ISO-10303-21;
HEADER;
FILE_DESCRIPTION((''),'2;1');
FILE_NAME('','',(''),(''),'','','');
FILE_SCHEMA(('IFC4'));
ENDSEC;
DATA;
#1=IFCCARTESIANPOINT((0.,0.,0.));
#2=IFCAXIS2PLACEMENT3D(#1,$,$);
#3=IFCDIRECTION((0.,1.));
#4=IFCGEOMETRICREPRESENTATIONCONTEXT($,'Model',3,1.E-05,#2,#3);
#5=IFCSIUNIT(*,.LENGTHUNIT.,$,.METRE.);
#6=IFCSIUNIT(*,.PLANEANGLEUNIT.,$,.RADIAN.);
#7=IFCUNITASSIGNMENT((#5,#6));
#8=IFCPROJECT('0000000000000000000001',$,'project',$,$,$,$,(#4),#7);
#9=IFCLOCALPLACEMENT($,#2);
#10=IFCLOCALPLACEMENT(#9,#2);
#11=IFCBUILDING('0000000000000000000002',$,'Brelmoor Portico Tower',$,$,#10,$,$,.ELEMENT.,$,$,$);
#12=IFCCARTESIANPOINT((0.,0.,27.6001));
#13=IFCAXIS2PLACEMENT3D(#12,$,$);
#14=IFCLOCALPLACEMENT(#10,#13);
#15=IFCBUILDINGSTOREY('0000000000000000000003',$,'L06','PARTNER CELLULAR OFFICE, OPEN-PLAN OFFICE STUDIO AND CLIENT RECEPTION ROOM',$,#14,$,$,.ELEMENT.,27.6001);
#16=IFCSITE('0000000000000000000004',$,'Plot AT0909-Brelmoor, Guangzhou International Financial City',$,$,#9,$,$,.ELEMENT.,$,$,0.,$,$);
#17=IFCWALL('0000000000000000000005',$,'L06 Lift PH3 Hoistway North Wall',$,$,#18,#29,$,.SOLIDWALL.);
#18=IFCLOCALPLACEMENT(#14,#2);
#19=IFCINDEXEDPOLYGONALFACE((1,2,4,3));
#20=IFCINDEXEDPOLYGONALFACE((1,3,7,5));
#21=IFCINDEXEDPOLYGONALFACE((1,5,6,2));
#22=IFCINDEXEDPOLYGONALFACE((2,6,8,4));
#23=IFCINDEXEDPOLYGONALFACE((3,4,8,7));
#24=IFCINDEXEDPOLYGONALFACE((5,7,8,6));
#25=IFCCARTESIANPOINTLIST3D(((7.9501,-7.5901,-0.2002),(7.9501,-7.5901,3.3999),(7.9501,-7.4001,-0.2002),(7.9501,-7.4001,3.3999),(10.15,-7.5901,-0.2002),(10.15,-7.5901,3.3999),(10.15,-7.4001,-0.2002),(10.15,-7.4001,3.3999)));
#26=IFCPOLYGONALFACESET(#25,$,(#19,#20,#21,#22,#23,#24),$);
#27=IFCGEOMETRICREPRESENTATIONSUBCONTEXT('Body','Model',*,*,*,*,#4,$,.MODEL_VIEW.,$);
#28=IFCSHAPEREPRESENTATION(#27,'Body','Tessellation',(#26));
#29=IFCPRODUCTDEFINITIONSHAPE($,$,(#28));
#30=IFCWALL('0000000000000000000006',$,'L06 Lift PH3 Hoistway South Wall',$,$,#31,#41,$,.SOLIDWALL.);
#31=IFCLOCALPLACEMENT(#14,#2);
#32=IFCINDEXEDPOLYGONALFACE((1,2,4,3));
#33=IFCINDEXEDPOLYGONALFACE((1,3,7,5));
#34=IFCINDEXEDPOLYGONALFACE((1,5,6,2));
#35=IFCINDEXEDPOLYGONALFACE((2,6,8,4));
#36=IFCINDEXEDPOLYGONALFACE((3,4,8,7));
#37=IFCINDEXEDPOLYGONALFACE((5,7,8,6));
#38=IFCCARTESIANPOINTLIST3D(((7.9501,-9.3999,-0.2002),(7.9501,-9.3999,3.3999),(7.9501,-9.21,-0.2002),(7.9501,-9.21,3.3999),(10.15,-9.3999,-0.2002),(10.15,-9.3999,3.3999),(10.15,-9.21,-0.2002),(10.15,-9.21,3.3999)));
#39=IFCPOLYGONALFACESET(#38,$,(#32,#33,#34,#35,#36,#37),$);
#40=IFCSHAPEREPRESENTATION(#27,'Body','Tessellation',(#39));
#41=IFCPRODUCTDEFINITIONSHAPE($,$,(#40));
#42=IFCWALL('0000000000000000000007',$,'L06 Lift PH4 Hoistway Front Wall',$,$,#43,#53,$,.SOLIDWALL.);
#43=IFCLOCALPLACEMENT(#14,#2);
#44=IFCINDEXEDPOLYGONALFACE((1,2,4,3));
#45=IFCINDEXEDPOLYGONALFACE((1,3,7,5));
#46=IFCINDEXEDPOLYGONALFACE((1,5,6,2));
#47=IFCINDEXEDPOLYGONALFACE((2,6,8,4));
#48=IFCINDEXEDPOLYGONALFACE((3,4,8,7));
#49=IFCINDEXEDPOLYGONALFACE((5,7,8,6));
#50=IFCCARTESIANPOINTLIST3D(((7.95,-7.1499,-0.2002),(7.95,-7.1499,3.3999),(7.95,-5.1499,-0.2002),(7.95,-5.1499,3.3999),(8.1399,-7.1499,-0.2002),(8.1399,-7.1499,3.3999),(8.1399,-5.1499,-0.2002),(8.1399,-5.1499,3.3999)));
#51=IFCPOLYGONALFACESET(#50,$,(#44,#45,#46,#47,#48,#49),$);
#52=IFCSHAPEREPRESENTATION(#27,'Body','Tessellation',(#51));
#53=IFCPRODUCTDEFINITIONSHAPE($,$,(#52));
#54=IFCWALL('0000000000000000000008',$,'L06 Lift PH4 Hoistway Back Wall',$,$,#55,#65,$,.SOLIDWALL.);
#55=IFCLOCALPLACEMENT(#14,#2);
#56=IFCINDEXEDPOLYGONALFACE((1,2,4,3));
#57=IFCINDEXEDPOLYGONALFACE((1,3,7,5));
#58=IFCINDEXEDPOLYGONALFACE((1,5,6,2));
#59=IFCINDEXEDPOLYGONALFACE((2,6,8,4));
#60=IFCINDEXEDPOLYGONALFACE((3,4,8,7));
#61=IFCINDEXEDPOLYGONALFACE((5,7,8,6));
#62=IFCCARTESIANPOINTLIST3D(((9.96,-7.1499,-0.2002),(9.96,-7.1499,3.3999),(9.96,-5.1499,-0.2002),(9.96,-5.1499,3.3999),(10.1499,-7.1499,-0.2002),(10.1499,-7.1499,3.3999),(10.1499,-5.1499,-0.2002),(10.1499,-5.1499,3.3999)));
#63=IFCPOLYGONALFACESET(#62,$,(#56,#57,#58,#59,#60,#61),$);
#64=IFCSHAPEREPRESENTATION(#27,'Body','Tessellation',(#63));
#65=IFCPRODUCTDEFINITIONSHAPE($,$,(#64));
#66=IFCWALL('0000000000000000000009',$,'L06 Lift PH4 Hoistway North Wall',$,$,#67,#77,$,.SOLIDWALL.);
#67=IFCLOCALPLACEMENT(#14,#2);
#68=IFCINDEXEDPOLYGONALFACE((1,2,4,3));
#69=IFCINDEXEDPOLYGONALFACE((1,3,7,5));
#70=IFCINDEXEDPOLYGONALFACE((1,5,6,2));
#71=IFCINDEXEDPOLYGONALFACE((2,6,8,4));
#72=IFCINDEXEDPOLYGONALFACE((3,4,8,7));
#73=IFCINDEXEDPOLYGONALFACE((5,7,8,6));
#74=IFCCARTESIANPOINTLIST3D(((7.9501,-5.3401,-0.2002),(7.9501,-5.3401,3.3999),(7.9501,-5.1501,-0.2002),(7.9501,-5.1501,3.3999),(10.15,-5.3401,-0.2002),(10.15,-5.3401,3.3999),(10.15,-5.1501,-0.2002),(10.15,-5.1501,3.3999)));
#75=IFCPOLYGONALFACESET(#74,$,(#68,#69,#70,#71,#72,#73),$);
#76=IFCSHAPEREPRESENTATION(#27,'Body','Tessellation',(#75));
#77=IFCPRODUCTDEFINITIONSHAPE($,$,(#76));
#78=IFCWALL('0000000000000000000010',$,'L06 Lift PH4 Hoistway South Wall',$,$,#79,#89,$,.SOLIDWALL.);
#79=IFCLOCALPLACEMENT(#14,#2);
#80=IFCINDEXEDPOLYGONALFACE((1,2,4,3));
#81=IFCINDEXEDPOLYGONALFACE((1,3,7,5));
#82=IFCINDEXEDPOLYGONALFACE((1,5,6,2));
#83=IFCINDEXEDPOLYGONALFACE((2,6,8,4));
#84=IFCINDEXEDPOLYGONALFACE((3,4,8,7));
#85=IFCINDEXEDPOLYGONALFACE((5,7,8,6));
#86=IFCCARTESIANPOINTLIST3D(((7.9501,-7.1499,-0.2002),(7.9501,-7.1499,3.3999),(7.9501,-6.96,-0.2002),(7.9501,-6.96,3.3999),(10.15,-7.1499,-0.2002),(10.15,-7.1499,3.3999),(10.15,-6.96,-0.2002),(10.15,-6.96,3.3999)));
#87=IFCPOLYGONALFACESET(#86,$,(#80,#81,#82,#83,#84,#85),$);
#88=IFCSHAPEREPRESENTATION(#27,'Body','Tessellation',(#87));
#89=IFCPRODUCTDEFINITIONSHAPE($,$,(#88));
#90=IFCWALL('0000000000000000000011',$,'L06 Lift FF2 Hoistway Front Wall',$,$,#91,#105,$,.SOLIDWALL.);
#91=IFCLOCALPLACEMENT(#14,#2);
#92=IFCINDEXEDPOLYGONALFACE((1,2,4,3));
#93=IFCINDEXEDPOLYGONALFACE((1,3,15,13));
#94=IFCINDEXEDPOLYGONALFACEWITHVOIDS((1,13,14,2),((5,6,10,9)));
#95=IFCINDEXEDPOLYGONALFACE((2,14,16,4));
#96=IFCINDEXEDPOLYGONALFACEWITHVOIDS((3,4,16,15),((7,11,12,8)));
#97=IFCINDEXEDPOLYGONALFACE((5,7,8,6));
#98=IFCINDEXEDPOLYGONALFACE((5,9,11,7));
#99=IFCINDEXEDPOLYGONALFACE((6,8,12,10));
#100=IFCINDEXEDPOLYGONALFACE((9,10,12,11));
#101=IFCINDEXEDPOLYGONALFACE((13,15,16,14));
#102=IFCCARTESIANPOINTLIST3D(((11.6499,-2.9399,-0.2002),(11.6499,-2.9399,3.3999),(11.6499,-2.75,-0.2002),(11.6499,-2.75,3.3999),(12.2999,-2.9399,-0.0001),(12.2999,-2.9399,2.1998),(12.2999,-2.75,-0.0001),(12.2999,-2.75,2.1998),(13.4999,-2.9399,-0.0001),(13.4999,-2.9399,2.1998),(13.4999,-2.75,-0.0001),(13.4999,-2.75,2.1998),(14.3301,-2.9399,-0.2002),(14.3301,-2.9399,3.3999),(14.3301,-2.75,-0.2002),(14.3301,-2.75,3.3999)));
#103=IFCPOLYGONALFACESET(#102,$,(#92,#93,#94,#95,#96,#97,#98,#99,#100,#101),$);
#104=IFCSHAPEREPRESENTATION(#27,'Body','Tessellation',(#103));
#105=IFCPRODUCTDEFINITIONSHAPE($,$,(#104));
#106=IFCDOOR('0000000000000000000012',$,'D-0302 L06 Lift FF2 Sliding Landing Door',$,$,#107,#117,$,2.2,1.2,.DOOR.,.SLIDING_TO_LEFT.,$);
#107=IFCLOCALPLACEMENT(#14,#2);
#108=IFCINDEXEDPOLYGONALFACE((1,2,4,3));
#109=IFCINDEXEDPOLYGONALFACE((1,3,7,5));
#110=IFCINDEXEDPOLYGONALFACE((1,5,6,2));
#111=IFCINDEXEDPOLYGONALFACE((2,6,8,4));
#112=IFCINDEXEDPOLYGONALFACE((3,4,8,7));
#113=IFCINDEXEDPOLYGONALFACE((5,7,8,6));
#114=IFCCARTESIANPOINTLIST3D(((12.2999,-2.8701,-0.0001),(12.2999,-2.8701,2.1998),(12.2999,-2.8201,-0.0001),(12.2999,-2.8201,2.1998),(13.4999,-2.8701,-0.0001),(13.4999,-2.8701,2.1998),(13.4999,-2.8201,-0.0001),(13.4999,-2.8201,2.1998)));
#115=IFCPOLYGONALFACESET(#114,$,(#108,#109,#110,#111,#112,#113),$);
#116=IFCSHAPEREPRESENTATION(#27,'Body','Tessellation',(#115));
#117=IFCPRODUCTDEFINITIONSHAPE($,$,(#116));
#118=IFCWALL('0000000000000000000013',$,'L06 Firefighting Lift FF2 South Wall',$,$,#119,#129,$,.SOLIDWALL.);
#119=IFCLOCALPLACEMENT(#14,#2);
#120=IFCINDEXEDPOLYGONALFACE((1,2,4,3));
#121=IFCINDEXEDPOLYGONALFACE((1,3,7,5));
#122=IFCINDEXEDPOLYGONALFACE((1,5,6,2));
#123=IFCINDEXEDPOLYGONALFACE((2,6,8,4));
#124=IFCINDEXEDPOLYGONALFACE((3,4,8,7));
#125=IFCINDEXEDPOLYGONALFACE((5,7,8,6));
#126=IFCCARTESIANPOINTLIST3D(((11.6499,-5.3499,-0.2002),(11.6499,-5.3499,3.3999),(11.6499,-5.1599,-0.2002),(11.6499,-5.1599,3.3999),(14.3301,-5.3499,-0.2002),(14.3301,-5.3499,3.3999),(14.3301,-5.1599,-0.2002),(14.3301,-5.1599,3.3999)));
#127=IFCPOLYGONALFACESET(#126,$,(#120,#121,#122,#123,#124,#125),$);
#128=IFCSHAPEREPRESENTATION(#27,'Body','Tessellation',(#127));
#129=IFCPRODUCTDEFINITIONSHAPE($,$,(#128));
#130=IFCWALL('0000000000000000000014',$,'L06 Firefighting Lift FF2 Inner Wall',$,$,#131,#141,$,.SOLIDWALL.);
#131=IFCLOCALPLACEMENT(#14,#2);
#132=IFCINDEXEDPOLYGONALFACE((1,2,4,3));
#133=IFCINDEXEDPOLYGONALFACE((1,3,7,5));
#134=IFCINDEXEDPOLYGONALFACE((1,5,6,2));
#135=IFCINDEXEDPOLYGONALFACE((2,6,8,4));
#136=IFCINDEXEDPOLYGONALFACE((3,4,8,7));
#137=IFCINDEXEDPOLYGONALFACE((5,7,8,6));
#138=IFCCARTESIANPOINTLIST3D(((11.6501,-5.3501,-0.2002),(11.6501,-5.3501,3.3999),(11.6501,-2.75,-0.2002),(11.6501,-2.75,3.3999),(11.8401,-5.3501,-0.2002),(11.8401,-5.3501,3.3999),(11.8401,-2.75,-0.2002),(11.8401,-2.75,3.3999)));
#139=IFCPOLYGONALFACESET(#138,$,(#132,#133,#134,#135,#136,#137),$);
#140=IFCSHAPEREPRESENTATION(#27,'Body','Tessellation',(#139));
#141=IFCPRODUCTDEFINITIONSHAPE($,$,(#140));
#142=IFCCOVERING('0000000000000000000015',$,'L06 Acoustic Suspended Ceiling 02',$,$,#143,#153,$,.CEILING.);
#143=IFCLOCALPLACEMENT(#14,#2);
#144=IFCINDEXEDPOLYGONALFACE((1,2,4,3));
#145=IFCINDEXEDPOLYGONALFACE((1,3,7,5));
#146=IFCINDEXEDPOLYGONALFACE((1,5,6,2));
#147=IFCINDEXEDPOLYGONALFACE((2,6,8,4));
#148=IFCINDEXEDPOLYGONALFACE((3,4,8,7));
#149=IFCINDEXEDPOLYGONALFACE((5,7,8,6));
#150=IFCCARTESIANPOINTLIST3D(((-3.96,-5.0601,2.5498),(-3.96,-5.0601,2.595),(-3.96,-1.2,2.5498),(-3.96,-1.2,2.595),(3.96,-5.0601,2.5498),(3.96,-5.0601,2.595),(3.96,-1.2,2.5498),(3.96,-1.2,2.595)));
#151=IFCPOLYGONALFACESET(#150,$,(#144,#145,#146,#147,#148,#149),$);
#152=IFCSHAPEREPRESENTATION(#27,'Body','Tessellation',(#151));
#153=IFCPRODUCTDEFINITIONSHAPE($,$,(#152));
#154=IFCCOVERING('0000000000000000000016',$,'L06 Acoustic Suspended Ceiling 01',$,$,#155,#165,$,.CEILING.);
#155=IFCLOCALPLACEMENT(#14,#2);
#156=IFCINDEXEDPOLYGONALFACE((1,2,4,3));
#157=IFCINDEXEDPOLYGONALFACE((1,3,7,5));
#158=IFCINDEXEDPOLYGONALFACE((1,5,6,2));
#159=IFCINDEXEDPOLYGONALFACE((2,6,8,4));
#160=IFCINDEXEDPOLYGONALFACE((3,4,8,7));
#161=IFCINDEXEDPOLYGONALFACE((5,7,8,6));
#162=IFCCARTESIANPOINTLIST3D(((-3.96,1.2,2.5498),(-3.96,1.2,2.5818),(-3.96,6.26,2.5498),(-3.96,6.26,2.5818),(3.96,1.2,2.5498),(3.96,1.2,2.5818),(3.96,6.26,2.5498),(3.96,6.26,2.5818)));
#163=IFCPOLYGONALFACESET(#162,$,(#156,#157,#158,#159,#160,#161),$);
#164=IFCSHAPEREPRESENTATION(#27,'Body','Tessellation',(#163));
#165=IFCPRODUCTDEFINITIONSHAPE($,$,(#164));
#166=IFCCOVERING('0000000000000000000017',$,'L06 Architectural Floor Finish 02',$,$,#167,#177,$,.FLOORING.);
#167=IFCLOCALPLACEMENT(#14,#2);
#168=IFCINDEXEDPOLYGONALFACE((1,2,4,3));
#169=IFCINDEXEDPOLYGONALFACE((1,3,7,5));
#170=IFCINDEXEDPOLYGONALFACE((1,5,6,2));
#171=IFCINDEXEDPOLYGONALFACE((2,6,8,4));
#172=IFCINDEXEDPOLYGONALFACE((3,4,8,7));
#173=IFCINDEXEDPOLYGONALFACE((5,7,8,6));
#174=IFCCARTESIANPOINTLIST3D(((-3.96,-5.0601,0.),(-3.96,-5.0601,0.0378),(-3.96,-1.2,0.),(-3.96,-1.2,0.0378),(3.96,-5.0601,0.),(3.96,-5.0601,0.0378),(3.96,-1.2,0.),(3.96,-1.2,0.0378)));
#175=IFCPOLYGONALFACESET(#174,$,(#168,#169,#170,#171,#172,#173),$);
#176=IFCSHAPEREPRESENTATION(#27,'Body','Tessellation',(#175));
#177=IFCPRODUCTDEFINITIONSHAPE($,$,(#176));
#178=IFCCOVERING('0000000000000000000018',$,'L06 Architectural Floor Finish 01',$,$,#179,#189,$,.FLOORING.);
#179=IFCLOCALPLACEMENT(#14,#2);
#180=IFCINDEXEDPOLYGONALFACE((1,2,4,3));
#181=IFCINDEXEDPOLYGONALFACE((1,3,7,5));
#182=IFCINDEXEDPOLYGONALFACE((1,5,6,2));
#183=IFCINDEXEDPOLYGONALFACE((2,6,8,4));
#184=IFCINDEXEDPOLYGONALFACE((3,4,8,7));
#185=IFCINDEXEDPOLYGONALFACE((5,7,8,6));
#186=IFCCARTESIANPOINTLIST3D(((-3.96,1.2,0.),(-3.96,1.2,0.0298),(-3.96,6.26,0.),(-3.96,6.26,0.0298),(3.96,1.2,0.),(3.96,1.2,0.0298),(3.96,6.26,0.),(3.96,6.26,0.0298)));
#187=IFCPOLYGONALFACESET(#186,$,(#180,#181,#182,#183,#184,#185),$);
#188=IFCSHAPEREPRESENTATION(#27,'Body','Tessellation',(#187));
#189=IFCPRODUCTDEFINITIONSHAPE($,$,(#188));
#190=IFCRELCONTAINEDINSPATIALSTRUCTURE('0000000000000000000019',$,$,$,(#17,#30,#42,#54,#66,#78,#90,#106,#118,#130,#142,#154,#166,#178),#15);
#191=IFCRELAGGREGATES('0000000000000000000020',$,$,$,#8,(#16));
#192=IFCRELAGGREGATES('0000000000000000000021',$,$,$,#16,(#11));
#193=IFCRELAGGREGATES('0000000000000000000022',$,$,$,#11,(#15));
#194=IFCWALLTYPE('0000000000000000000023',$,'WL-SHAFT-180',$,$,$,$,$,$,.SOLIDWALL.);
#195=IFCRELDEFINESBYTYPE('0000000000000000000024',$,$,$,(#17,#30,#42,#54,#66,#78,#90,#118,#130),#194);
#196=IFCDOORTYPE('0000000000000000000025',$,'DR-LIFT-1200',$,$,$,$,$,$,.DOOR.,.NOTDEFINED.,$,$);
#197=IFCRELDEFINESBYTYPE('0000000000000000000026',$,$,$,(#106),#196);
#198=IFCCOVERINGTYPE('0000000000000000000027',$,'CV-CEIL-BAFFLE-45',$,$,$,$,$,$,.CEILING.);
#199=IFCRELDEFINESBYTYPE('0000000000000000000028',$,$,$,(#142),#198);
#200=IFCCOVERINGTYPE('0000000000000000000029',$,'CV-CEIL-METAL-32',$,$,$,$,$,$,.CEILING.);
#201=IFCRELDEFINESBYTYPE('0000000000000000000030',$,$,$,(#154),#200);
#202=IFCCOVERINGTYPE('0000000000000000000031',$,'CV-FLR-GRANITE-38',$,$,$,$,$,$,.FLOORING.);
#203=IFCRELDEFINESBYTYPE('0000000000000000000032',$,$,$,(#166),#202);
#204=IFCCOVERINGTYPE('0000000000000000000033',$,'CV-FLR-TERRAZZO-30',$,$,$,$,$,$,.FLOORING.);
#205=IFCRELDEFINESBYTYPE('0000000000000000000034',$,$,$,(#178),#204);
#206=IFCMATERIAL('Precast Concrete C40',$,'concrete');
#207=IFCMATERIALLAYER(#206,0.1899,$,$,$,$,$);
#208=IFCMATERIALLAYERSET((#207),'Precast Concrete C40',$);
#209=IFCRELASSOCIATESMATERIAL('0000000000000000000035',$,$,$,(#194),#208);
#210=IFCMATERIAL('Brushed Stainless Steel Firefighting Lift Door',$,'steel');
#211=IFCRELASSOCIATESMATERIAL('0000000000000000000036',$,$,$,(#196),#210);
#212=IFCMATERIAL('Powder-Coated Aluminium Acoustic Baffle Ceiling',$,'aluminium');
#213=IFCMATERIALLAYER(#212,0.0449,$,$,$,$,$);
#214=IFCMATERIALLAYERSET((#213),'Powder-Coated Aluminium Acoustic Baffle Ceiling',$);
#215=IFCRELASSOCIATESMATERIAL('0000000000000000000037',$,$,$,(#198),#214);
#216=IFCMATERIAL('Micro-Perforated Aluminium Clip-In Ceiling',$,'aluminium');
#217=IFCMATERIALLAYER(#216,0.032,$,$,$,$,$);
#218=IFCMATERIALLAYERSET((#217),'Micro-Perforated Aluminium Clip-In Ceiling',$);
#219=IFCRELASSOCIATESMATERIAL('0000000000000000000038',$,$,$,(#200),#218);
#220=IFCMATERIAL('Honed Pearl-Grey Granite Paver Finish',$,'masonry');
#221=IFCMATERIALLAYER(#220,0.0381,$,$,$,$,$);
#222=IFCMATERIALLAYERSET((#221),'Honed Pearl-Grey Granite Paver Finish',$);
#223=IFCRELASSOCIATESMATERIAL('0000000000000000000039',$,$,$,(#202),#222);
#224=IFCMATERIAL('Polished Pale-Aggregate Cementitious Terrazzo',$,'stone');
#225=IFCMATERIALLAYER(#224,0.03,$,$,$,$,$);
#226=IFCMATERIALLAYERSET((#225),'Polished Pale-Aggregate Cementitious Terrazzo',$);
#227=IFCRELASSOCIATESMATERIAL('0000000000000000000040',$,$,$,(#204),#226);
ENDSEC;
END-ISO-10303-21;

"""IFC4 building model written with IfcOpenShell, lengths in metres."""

from ifc_helpers import new_model, si_unit, direction, frame, frame_2d, origin, place, context, subcontext, project, spatial, polyline, rectangle, outline, extrude, material, layer, layer_set, type_object, element, fill, save


model = new_model("IFC4")

# Units and contexts
model_context = context("Model", 3, precision=1e-05, world=origin(), true_north=direction((0.0, 1.0)))
body_context = subcontext(model_context, "Body", "Model", "MODEL_VIEW")
ifc_project = project(units=[si_unit("LENGTHUNIT", "METRE"), si_unit("PLANEANGLEUNIT", "RADIAN")], contexts=[model_context])

# Site, building, storey
site_placement = place(None, origin())
site = spatial("IfcSite", under=ifc_project, at=site_placement, Name="Plot AT0909-Brelmoor, Guangzhou International Financial City", CompositionType="ELEMENT", RefElevation=0.0)
building_placement = place(site_placement, origin())
building = spatial("IfcBuilding", under=site, at=building_placement, Name="Brelmoor Portico Tower", CompositionType="ELEMENT")
storey_placement = place(building_placement, frame((0.0, 0.0, 27.6001)))
storey = spatial("IfcBuildingStorey", under=building, at=storey_placement, Name="L06", Description="PARTNER CELLULAR OFFICE, OPEN-PLAN OFFICE STUDIO AND CLIENT RECEPTION ROOM", CompositionType="ELEMENT", Elevation=27.6001)

# Walls
ifc_material_1 = material(Name="Precast Concrete C40", Category="concrete")
ifc_layer_1 = layer(ifc_material_1, 0.1899)
ifc_layer_set_1 = layer_set([ifc_layer_1], Name="Precast Concrete C40")
wall_type_1 = type_object("IfcWallType", Name="WL-SHAFT-180", PredefinedType="SOLIDWALL", material=ifc_layer_set_1)
for number, where, z_axis, x_axis, name in (
    (1, (7.95, -7.4951, -0.2002), (0.0, 0.0, 1.0), (1.0, 0.0, 0.0), "L06 Lift PH3 Hoistway North Wall"),
    (2, (7.95, -9.3049, -0.2002), (0.0, 0.0, 1.0), (1.0, 0.0, 0.0), "L06 Lift PH3 Hoistway South Wall"),
):
    element("IfcWall", number, at=place(storey_placement, frame(where, z_axis=z_axis, x_axis=x_axis)), inside=storey, type_object=wall_type_1, Name=name, PredefinedType="SOLIDWALL", context=body_context, shape_type="SweptSolid", body=[
        extrude(rectangle(XDim=2.2, YDim=0.1899, at=frame_2d((1.1001, 0.0))), origin(), (0.0, 0.0, 1.0), 3.6001),
    ])
for number, where, z_axis, x_axis, name in (
    (3, (8.0449, -7.1499, -0.2002), (0.0, 0.0, 1.0), (0.0, 1.0, 0.0), "L06 Lift PH4 Hoistway Front Wall"),
    (4, (10.0549, -7.1499, -0.2002), (0.0, 0.0, 1.0), (0.0, 1.0, 0.0), "L06 Lift PH4 Hoistway Back Wall"),
):
    element("IfcWall", number, at=place(storey_placement, frame(where, z_axis=z_axis, x_axis=x_axis)), inside=storey, type_object=wall_type_1, Name=name, PredefinedType="SOLIDWALL", context=body_context, shape_type="SweptSolid", body=[
        extrude(rectangle(XDim=2.0, YDim=0.1899, at=frame_2d((1.0, 0.0))), origin(), (0.0, 0.0, 1.0), 3.6001),
    ])
for number, where, z_axis, x_axis, name in (
    (5, (7.95, -5.2451, -0.2002), (0.0, 0.0, 1.0), (1.0, 0.0, 0.0), "L06 Lift PH4 Hoistway North Wall"),
    (6, (7.95, -7.0549, -0.2002), (0.0, 0.0, 1.0), (1.0, 0.0, 0.0), "L06 Lift PH4 Hoistway South Wall"),
):
    element("IfcWall", number, at=place(storey_placement, frame(where, z_axis=z_axis, x_axis=x_axis)), inside=storey, type_object=wall_type_1, Name=name, PredefinedType="SOLIDWALL", context=body_context, shape_type="SweptSolid", body=[
        extrude(rectangle(XDim=2.2, YDim=0.1899, at=frame_2d((1.1001, 0.0))), origin(), (0.0, 0.0, 1.0), 3.6001),
    ])

# Wall, opening, door
wall_1_placement = place(storey_placement, frame((11.6499, -2.845, -0.2002), z_axis=(0.0, 0.0, 1.0), x_axis=(1.0, 0.0, 0.0)))
wall_1 = element("IfcWall", 7, at=wall_1_placement, inside=storey, type_object=wall_type_1, Name="L06 Lift FF2 Hoistway Front Wall", PredefinedType="SOLIDWALL", context=body_context, shape_type="SweptSolid", body=[
    extrude(rectangle(XDim=2.6802, YDim=0.1899, at=frame_2d((1.3401, 0.0))), origin(), (0.0, 0.0, 1.0), 3.6001),
])
opening_1_placement = place(wall_1_placement, frame((0.6499, 0.0, 0.2)))
opening_1 = element("IfcOpeningElement", 8, at=opening_1_placement, cuts=wall_1, PredefinedType="OPENING", context=body_context, shape_type="SweptSolid", body=[
    extrude(rectangle(XDim=1.2, YDim=2.2, at=frame_2d((0.6001, 1.1001))), frame((0.0, 0.105, 0.0), z_axis=(0.0, -1.0, 0.0), x_axis=(1.0, 0.0, 0.0)), (0.0, 0.0, 1.0), 0.21),
])
ifc_material_2 = material(Name="Brushed Stainless Steel Firefighting Lift Door", Category="steel")
door_type_1 = type_object("IfcDoorType", Name="DR-LIFT-1200", OperationType="NOTDEFINED", PredefinedType="DOOR", material=ifc_material_2)
door_1_placement = place(opening_1_placement, origin())
door_1 = element("IfcDoor", 9, at=door_1_placement, inside=storey, type_object=door_type_1, Name="D-0302 L06 Lift FF2 Sliding Landing Door", OperationType="SLIDING_TO_LEFT", OverallHeight=2.2, OverallWidth=1.2, PredefinedType="DOOR", context=body_context, shape_type="SweptSolid", body=[
    extrude(rectangle(XDim=1.2, YDim=2.2, at=frame_2d((0.6001, 1.1001))), frame((0.0, 0.0249, 0.0), z_axis=(0.0, -1.0, 0.0), x_axis=(1.0, 0.0, 0.0)), (0.0, 0.0, 1.0), 0.05),
])
fill(opening_1, door_1)

# Walls
wall_2_placement = place(storey_placement, frame((11.6499, -5.2549, -0.2002), z_axis=(0.0, 0.0, 1.0), x_axis=(1.0, 0.0, 0.0)))
element("IfcWall", 10, at=wall_2_placement, inside=storey, type_object=wall_type_1, Name="L06 Firefighting Lift FF2 South Wall", PredefinedType="SOLIDWALL", context=body_context, shape_type="SweptSolid", body=[
    extrude(rectangle(XDim=2.6802, YDim=0.1899, at=frame_2d((1.3401, 0.0))), origin(), (0.0, 0.0, 1.0), 3.6001),
])
wall_3_placement = place(storey_placement, frame((11.7451, -5.3501, -0.2002), z_axis=(0.0, 0.0, 1.0), x_axis=(0.0, 1.0, 0.0)))
element("IfcWall", 11, at=wall_3_placement, inside=storey, type_object=wall_type_1, Name="L06 Firefighting Lift FF2 Inner Wall", PredefinedType="SOLIDWALL", context=body_context, shape_type="SweptSolid", body=[
    extrude(rectangle(XDim=2.6001, YDim=0.1899, at=frame_2d((1.3, 0.0))), origin(), (0.0, 0.0, 1.0), 3.6001),
])

# Coverings
ifc_material_3 = material(Name="Powder-Coated Aluminium Acoustic Baffle Ceiling", Category="aluminium")
ifc_layer_2 = layer(ifc_material_3, 0.0449)
ifc_layer_set_2 = layer_set([ifc_layer_2], Name="Powder-Coated Aluminium Acoustic Baffle Ceiling")
covering_type_1 = type_object("IfcCoveringType", Name="CV-CEIL-BAFFLE-45", PredefinedType="CEILING", material=ifc_layer_set_2)
covering_1_placement = place(storey_placement, frame((0.0, 0.0, 2.5498)))
element("IfcCovering", 12, at=covering_1_placement, inside=storey, type_object=covering_type_1, Name="L06 Acoustic Suspended Ceiling 02", PredefinedType="CEILING", context=body_context, shape_type="SweptSolid", body=[
    extrude(outline(polyline([(-3.96, -5.0601), (-3.96, -1.2), (3.96, -1.2), (3.96, -5.0601), (-3.96, -5.0601)])), origin(), (0.0, 0.0, 1.0), 0.0452),
])
ifc_material_4 = material(Name="Micro-Perforated Aluminium Clip-In Ceiling", Category="aluminium")
ifc_layer_3 = layer(ifc_material_4, 0.032)
ifc_layer_set_3 = layer_set([ifc_layer_3], Name="Micro-Perforated Aluminium Clip-In Ceiling")
covering_type_2 = type_object("IfcCoveringType", Name="CV-CEIL-METAL-32", PredefinedType="CEILING", material=ifc_layer_set_3)
covering_2_placement = place(storey_placement, frame((0.0, 0.0, 2.5498)))
element("IfcCovering", 13, at=covering_2_placement, inside=storey, type_object=covering_type_2, Name="L06 Acoustic Suspended Ceiling 01", PredefinedType="CEILING", context=body_context, shape_type="SweptSolid", body=[
    extrude(outline(polyline([(-3.96, 1.2), (-3.96, 6.26), (3.96, 6.26), (3.96, 1.2), (-3.96, 1.2)])), origin(), (0.0, 0.0, 1.0), 0.032),
])
ifc_material_5 = material(Name="Honed Pearl-Grey Granite Paver Finish", Category="masonry")
ifc_layer_4 = layer(ifc_material_5, 0.0381)
ifc_layer_set_4 = layer_set([ifc_layer_4], Name="Honed Pearl-Grey Granite Paver Finish")
covering_type_3 = type_object("IfcCoveringType", Name="CV-FLR-GRANITE-38", PredefinedType="FLOORING", material=ifc_layer_set_4)
covering_3_placement = place(storey_placement, origin())
element("IfcCovering", 14, at=covering_3_placement, inside=storey, type_object=covering_type_3, Name="L06 Architectural Floor Finish 02", PredefinedType="FLOORING", context=body_context, shape_type="SweptSolid", body=[
    extrude(outline(polyline([(-3.96, -5.0601), (-3.96, -1.2), (3.96, -1.2), (3.96, -5.0601), (-3.96, -5.0601)])), origin(), (0.0, 0.0, 1.0), 0.0378),
])
ifc_material_6 = material(Name="Polished Pale-Aggregate Cementitious Terrazzo", Category="stone")
ifc_layer_5 = layer(ifc_material_6, 0.03)
ifc_layer_set_5 = layer_set([ifc_layer_5], Name="Polished Pale-Aggregate Cementitious Terrazzo")
covering_type_4 = type_object("IfcCoveringType", Name="CV-FLR-TERRAZZO-30", PredefinedType="FLOORING", material=ifc_layer_set_5)
covering_4_placement = place(storey_placement, origin())
element("IfcCovering", 15, at=covering_4_placement, inside=storey, type_object=covering_type_4, Name="L06 Architectural Floor Finish 01", PredefinedType="FLOORING", context=body_context, shape_type="SweptSolid", body=[
    extrude(outline(polyline([(-3.96, 1.2), (-3.96, 6.26), (3.96, 6.26), (3.96, 1.2), (-3.96, 1.2)])), origin(), (0.0, 0.0, 1.0), 0.0298),
])

save(model, "model.ifc")
